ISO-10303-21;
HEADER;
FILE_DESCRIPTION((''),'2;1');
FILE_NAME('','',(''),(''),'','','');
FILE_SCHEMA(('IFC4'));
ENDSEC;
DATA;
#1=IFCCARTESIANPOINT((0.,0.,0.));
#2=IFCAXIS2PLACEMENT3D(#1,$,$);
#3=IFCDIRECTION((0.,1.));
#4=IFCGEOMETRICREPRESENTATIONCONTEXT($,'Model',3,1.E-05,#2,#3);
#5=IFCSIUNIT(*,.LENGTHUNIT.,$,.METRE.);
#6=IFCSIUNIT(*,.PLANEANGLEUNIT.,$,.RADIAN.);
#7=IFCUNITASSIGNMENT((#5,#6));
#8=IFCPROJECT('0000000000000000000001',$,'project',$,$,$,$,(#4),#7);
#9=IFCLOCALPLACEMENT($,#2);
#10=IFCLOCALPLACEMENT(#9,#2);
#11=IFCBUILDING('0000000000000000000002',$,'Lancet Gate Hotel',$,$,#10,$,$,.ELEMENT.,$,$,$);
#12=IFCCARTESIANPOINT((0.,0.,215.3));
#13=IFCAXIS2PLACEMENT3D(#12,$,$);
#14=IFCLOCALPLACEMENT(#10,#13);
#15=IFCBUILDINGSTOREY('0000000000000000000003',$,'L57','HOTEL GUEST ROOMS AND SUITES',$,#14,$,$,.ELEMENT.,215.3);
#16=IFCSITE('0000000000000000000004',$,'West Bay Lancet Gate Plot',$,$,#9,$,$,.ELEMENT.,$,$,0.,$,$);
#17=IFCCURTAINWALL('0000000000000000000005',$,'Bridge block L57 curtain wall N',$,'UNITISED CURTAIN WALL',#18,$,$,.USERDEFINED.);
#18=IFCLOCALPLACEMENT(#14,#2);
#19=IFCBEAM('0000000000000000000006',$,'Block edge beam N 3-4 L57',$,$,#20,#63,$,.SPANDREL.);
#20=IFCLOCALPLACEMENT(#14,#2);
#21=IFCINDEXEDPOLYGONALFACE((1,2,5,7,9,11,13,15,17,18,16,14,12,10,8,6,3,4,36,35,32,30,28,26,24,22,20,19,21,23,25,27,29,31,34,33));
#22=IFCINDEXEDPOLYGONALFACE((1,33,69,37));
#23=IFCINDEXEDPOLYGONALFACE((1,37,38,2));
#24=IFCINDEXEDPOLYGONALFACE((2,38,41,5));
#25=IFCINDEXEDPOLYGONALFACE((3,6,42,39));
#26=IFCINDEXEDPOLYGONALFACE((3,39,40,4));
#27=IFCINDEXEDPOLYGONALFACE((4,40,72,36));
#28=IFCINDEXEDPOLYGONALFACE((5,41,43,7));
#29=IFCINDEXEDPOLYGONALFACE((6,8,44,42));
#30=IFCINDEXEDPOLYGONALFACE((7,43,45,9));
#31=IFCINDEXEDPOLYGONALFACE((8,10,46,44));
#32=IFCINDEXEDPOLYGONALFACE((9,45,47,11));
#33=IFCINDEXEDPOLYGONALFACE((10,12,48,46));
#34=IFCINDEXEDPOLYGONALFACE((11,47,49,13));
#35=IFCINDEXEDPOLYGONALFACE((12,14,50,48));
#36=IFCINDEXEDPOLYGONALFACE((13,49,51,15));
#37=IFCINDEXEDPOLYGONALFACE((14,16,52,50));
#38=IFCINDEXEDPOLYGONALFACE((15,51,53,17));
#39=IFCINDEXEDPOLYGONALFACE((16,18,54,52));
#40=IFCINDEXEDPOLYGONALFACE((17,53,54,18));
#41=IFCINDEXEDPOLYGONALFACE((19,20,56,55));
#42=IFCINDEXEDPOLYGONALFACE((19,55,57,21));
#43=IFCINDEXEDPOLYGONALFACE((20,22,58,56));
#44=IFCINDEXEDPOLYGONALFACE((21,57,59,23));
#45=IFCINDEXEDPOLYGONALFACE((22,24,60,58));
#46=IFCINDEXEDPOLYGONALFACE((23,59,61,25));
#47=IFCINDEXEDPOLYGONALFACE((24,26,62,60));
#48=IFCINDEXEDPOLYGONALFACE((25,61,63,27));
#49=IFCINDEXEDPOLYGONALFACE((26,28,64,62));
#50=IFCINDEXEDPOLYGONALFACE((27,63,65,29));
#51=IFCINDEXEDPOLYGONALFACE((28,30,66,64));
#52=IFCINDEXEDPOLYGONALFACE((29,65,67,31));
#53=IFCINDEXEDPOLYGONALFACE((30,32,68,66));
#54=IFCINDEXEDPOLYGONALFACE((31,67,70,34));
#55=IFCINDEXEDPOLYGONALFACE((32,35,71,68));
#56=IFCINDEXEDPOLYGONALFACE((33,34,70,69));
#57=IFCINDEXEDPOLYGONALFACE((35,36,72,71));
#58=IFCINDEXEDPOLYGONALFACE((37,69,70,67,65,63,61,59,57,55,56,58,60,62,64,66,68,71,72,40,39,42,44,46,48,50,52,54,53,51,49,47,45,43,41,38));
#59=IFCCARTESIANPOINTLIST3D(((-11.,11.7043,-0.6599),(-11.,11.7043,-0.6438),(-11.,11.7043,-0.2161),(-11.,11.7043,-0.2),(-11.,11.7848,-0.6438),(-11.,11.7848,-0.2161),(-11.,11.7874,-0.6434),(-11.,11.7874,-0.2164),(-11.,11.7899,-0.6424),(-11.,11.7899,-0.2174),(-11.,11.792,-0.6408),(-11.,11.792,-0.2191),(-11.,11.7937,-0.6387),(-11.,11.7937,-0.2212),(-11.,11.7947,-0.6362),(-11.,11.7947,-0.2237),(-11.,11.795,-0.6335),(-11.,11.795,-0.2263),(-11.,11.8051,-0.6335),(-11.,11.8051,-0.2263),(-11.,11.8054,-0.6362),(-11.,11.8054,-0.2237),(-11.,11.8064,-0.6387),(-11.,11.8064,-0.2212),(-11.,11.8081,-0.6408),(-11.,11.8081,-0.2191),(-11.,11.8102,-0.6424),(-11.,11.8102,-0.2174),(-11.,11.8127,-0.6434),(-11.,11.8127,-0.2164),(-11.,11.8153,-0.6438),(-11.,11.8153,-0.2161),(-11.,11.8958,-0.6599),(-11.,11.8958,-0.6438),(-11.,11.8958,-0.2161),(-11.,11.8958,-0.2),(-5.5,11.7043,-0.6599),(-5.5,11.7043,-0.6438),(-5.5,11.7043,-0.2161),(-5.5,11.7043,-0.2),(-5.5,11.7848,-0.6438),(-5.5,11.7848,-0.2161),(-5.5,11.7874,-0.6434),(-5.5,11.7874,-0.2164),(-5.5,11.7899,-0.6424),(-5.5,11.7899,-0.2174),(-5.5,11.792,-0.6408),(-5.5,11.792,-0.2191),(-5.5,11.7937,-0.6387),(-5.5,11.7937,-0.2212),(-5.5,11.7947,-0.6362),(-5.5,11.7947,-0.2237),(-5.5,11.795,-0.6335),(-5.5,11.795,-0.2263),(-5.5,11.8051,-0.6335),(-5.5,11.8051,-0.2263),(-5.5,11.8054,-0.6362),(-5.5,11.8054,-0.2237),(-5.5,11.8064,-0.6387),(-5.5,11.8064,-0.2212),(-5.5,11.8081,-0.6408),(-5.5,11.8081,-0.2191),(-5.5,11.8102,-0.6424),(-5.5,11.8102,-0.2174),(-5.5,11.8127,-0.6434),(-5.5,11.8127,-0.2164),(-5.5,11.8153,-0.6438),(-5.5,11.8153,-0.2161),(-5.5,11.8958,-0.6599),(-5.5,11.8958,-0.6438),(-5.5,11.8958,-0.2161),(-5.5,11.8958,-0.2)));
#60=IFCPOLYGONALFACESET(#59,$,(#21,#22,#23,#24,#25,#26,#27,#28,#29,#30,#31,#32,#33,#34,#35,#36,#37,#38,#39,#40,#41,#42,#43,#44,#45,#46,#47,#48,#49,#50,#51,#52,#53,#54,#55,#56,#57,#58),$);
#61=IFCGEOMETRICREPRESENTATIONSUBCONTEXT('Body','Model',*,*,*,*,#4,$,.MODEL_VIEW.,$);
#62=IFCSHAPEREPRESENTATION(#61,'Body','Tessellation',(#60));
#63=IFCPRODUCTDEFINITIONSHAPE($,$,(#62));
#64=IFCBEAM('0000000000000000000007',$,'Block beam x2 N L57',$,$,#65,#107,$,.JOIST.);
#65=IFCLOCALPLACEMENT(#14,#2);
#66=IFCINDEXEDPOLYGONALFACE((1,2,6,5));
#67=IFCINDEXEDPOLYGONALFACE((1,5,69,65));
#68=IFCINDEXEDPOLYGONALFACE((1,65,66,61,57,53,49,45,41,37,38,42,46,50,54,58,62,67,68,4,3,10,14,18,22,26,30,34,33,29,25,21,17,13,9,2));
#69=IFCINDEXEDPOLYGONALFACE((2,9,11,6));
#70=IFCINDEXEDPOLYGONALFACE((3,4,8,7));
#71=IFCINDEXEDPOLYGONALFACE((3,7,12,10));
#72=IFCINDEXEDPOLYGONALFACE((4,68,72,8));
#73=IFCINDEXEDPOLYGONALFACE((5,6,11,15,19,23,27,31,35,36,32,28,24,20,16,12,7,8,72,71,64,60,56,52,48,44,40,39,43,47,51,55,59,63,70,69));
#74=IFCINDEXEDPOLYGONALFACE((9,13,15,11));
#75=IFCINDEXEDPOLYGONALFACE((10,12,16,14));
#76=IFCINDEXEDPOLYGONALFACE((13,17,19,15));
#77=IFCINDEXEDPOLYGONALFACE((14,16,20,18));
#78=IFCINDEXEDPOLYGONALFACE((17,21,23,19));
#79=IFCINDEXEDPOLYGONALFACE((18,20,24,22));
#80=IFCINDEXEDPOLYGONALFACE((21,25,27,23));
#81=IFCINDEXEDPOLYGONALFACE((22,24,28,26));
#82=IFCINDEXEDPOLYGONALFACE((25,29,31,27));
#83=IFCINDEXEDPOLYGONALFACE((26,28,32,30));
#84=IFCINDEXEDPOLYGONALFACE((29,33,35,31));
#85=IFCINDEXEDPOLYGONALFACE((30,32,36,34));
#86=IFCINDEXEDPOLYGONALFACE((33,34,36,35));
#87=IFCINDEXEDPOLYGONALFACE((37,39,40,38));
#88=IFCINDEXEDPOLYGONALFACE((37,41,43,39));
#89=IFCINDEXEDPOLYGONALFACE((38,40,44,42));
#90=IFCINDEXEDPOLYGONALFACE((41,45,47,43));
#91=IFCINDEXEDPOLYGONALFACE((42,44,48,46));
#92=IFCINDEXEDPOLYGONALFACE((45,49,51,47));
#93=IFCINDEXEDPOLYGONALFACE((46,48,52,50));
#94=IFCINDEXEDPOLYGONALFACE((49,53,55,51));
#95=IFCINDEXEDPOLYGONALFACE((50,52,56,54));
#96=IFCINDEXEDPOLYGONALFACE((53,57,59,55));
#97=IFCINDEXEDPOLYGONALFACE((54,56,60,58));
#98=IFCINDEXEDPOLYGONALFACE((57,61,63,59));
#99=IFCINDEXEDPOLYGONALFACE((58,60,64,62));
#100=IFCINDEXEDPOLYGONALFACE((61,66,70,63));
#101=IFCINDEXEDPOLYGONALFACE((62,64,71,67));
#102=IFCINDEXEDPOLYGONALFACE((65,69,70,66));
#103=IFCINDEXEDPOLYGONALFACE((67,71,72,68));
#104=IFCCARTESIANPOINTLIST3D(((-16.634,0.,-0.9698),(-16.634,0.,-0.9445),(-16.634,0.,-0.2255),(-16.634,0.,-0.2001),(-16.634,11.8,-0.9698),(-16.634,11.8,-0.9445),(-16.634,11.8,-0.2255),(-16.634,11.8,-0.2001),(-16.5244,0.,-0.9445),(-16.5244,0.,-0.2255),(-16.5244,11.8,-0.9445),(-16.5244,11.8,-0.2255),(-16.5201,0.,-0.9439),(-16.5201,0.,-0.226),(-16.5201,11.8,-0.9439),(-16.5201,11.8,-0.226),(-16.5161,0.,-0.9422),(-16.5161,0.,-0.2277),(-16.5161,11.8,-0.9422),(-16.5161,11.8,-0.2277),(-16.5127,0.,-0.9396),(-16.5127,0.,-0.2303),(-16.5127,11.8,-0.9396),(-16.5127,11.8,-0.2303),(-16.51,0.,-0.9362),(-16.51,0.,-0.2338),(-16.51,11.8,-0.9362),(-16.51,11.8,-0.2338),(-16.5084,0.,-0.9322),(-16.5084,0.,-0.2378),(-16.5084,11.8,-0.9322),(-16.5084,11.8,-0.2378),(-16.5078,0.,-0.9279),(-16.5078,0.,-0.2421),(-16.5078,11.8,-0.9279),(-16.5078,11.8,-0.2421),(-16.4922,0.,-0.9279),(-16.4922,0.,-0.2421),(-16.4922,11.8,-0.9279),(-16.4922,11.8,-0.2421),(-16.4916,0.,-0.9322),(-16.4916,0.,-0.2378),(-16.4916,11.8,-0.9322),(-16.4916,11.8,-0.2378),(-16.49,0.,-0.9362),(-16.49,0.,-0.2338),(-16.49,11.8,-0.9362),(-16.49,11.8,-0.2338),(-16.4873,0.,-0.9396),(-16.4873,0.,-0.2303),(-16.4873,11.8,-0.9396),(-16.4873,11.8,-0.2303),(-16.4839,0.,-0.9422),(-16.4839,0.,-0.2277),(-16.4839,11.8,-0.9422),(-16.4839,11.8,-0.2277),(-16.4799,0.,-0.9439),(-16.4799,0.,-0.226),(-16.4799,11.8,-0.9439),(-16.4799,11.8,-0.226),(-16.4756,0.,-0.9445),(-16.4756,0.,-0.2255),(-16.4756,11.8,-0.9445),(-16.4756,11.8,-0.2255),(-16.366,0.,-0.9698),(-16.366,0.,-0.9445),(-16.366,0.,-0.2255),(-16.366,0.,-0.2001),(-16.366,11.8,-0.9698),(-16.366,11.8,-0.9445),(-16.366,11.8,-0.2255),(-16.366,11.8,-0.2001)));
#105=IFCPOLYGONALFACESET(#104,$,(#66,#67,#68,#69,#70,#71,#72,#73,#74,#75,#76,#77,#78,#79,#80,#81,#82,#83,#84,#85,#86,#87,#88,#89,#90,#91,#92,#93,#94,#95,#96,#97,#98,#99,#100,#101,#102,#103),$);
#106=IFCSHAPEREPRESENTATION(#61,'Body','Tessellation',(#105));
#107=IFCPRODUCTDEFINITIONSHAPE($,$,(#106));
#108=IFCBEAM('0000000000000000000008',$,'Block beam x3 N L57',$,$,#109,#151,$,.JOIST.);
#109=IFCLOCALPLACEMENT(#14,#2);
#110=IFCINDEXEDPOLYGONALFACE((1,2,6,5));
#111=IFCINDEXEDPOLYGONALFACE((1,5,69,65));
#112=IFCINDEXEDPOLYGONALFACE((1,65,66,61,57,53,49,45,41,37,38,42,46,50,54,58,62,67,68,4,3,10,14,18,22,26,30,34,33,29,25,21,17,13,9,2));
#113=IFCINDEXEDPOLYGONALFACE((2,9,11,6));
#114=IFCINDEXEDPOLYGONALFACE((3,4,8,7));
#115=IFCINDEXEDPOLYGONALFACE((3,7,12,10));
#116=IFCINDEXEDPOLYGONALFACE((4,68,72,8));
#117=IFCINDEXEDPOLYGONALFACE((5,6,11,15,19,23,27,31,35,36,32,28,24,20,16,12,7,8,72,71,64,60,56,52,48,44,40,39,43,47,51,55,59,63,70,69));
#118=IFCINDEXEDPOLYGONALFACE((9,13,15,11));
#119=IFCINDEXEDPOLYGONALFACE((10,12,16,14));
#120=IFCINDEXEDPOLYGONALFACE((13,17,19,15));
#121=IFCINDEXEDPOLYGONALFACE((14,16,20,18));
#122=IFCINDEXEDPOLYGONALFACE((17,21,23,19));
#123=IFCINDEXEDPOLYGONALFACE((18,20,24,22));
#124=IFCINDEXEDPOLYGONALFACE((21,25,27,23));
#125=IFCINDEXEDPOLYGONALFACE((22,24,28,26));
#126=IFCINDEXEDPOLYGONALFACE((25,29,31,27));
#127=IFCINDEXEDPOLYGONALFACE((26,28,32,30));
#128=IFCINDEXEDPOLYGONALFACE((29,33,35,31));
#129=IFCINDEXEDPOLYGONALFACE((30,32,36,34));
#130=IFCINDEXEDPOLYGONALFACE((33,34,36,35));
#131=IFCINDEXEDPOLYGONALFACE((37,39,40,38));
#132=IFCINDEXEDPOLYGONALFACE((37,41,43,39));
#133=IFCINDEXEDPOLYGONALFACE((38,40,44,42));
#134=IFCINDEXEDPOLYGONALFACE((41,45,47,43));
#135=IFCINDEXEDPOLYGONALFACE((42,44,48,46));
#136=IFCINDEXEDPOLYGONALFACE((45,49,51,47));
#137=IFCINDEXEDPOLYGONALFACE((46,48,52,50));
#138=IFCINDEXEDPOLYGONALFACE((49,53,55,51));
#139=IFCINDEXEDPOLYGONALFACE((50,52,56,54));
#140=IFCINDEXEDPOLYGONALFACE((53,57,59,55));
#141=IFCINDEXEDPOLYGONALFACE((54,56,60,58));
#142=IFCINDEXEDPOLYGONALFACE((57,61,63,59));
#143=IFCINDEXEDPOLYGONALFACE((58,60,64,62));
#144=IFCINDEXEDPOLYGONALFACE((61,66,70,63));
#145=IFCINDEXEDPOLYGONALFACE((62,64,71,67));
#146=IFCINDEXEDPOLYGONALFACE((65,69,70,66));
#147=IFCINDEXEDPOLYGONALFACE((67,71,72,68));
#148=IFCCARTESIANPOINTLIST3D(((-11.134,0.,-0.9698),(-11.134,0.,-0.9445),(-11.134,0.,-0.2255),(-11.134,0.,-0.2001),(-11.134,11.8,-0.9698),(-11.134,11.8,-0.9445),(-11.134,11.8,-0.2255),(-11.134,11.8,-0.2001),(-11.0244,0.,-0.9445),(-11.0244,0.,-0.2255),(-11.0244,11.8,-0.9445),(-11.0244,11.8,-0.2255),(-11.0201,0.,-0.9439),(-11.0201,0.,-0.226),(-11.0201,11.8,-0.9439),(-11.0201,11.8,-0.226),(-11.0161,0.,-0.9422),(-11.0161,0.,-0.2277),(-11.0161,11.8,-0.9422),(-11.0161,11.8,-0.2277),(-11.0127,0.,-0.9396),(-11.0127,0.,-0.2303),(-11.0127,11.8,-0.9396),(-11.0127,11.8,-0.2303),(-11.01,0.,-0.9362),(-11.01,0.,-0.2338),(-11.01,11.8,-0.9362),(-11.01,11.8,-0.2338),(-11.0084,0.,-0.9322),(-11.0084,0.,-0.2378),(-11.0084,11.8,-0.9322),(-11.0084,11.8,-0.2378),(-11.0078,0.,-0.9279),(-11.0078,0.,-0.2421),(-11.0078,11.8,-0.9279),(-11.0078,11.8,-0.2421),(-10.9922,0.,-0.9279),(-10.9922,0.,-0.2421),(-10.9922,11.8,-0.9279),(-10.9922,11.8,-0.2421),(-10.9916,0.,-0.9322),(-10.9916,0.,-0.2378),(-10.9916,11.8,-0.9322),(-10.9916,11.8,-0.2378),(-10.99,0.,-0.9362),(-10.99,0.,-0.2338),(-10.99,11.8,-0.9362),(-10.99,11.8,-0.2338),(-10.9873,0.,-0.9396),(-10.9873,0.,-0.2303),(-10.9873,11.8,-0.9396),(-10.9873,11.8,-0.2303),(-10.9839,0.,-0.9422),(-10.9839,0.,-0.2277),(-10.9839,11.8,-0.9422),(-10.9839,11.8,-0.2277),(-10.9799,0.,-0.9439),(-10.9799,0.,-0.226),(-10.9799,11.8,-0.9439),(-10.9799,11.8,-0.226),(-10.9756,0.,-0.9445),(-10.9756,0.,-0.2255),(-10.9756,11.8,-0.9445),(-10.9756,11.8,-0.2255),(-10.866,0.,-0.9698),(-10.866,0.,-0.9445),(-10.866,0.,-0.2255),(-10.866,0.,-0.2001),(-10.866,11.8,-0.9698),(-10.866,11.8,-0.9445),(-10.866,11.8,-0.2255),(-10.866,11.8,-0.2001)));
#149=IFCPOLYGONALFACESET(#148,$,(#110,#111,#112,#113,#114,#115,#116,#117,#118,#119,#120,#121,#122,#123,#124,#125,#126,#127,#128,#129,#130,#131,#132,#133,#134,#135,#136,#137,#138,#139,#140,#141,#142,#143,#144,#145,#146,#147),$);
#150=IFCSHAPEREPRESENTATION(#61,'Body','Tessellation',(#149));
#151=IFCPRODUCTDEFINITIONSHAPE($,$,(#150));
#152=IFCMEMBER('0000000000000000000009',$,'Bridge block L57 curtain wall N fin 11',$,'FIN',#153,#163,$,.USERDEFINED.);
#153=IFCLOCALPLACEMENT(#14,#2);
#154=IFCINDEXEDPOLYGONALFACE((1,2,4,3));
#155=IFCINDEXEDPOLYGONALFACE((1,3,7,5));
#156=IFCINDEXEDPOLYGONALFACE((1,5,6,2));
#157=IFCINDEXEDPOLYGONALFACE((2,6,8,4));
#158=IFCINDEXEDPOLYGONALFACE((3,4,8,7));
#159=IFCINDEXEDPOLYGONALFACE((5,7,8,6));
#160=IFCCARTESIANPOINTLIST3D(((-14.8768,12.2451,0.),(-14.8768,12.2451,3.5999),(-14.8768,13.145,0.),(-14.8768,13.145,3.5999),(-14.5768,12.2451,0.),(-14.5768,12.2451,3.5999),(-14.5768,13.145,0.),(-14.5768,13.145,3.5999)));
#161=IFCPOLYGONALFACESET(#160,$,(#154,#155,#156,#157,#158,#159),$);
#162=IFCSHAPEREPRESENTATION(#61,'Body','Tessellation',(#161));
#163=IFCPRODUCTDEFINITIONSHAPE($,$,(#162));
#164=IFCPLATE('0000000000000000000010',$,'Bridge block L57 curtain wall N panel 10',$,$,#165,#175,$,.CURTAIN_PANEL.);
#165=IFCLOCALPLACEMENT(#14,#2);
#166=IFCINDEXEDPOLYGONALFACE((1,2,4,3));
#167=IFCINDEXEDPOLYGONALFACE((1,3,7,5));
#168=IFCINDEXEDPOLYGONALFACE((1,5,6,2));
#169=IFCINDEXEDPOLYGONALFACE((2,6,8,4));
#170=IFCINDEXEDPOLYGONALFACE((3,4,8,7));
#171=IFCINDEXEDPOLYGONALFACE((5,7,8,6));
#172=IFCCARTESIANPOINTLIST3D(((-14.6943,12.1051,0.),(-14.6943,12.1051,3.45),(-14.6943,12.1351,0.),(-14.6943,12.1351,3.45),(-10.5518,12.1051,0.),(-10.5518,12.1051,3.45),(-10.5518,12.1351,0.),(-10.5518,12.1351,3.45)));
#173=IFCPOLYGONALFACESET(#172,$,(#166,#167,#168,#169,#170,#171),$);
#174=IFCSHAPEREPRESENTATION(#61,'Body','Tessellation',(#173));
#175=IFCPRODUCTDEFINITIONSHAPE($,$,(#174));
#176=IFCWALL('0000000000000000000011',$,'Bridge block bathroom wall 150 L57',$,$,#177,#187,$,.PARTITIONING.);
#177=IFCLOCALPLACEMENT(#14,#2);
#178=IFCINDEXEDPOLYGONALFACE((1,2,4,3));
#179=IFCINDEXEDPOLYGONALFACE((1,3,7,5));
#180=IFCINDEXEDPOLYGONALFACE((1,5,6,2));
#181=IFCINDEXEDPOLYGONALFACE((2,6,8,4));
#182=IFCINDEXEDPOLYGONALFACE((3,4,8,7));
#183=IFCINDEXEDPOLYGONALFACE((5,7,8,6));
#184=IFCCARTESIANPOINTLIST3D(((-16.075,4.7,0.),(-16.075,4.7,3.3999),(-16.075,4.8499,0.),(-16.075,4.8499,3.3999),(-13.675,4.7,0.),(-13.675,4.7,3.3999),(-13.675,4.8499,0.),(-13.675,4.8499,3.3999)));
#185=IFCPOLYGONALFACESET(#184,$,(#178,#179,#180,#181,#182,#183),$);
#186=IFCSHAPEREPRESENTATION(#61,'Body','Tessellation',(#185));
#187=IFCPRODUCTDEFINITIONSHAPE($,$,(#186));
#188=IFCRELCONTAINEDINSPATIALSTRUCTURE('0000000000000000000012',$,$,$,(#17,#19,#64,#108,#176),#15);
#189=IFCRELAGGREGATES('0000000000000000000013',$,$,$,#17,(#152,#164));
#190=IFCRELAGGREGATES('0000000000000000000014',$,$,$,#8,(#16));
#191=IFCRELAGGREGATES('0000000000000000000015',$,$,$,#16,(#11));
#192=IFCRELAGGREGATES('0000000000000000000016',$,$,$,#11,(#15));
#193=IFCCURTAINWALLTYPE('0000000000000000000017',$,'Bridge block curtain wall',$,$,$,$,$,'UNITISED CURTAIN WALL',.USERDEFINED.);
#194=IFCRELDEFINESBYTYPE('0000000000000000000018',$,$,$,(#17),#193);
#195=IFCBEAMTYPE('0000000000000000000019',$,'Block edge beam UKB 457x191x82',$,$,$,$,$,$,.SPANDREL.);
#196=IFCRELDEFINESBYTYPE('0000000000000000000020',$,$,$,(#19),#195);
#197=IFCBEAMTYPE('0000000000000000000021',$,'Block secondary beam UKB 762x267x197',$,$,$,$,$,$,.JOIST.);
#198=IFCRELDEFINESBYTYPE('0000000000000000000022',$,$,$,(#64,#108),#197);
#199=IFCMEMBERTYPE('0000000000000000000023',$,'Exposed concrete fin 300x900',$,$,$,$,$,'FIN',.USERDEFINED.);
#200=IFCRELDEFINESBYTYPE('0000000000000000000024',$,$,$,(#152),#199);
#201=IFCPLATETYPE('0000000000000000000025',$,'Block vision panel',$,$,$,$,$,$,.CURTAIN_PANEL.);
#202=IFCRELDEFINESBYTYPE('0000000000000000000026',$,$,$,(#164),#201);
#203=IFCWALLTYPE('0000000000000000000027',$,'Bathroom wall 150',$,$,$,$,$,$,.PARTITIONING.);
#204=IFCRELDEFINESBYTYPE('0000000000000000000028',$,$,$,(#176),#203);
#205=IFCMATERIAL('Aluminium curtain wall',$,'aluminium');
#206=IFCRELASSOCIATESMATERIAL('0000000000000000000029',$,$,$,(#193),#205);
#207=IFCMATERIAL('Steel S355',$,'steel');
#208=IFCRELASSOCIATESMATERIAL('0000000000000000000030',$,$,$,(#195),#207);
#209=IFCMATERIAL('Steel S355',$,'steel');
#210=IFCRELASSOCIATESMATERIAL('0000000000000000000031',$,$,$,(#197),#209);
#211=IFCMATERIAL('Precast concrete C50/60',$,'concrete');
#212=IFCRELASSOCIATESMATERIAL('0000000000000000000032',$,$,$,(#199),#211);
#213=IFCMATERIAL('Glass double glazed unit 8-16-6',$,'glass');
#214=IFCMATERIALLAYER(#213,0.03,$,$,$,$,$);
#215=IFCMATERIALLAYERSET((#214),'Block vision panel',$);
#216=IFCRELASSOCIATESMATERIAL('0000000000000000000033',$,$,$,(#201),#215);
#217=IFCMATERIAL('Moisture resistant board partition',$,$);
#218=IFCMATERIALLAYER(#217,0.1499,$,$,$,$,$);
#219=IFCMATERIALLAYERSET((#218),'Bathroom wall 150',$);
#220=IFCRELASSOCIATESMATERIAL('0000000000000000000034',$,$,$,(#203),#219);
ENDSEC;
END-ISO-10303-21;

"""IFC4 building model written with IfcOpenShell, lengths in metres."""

from ifc_helpers import new_model, si_unit, direction, frame, frame_2d, origin, origin_2d, place, context, subcontext, project, spatial, rectangle, i_section, extrude, material, layer, layer_set, material_profile, profile_set, type_object, element, aggregate, save


model = new_model("IFC4")

# Units and contexts
model_context = context("Model", 3, precision=1e-05, world=origin(), true_north=direction((0.0, 1.0)))
body_context = subcontext(model_context, "Body", "Model", "MODEL_VIEW")
ifc_project = project(units=[si_unit("LENGTHUNIT", "METRE"), si_unit("PLANEANGLEUNIT", "RADIAN")], contexts=[model_context])

# Site, building, storey
site_placement = place(None, origin())
site = spatial("IfcSite", under=ifc_project, at=site_placement, Name="West Bay Lancet Gate Plot", CompositionType="ELEMENT", RefElevation=0.0)
building_placement = place(site_placement, origin())
building = spatial("IfcBuilding", under=site, at=building_placement, Name="Lancet Gate Hotel", CompositionType="ELEMENT")
storey_placement = place(building_placement, frame((0.0, 0.0, 215.3)))
storey = spatial("IfcBuildingStorey", under=building, at=storey_placement, Name="L57", Description="HOTEL GUEST ROOMS AND SUITES", CompositionType="ELEMENT", Elevation=215.3)

# Curtain wall
ifc_material_1 = material(Name="Aluminium curtain wall", Category="aluminium")
curtain_wall_type = type_object("IfcCurtainWallType", Name="Bridge block curtain wall", ElementType="UNITISED CURTAIN WALL", PredefinedType="USERDEFINED", material=ifc_material_1)
curtain_wall_placement = place(storey_placement, origin())
curtain_wall = element("IfcCurtainWall", 1, at=curtain_wall_placement, inside=storey, type_object=curtain_wall_type, Name="Bridge block L57 curtain wall N", ObjectType="UNITISED CURTAIN WALL", PredefinedType="USERDEFINED")

# Beams
ifc_material_2 = material(Name="Steel S355", Category="steel")
ifc_material_profile_1 = material_profile(ifc_material_2, i_section(OverallWidth=0.1914, OverallDepth=0.46, WebThickness=0.01, FlangeThickness=0.0161, FilletRadius=0.0103, at=origin_2d()), Name="UKB 457x191x82")
ifc_profile_set_1 = profile_set([ifc_material_profile_1], Name="Steel S355")
beam_type_1 = type_object("IfcBeamType", Name="Block edge beam UKB 457x191x82", PredefinedType="SPANDREL", material=ifc_profile_set_1)
for number, where, z_axis, x_axis, name in (
    (2, (-11.0, 11.8, -0.4299), (1.0, 0.0, 0.0), (0.0, 1.0, 0.0), "Block edge beam N 3-4 L57"),
):
    element("IfcBeam", number, at=place(storey_placement, frame(where, z_axis=z_axis, x_axis=x_axis)), inside=storey, type_object=beam_type_1, Name=name, PredefinedType="SPANDREL", context=body_context, shape_type="SweptSolid", body=[
        extrude(i_section(OverallWidth=0.1914, OverallDepth=0.46, WebThickness=0.01, FlangeThickness=0.0161, FilletRadius=0.0103, at=origin_2d()), origin(), (0.0, 0.0, 1.0), 5.5),
    ])
ifc_material_3 = material(Name="Steel S355", Category="steel")
ifc_material_profile_2 = material_profile(ifc_material_3, i_section(OverallWidth=0.2681, OverallDepth=0.7698, WebThickness=0.0156, FlangeThickness=0.0254, FilletRadius=0.0166, at=origin_2d()), Name="UKB 762x267x197")
ifc_profile_set_2 = profile_set([ifc_material_profile_2], Name="Steel S355")
beam_type_2 = type_object("IfcBeamType", Name="Block secondary beam UKB 762x267x197", PredefinedType="JOIST", material=ifc_profile_set_2)
for number, where, z_axis, x_axis, name in (
    (3, (-16.5, 0.0, -0.585), (0.0, 1.0, 0.0), (-1.0, 0.0, 0.0), "Block beam x2 N L57"),
    (4, (-11.0, 0.0, -0.585), (0.0, 1.0, 0.0), (-1.0, 0.0, 0.0), "Block beam x3 N L57"),
):
    element("IfcBeam", number, at=place(storey_placement, frame(where, z_axis=z_axis, x_axis=x_axis)), inside=storey, type_object=beam_type_2, Name=name, PredefinedType="JOIST", context=body_context, shape_type="SweptSolid", body=[
        extrude(i_section(OverallWidth=0.2681, OverallDepth=0.7698, WebThickness=0.0156, FlangeThickness=0.0254, FilletRadius=0.0166, at=origin_2d()), origin(), (0.0, 0.0, 1.0), 11.8),
    ])

# Member
ifc_material_4 = material(Name="Precast concrete C50/60", Category="concrete")
ifc_material_profile_3 = material_profile(ifc_material_4, rectangle(XDim=0.3, YDim=0.8999, at=origin_2d()), Name="FIN 300x900")
ifc_profile_set_3 = profile_set([ifc_material_profile_3], Name="Precast concrete C50/60")
member_type_1 = type_object("IfcMemberType", Name="Exposed concrete fin 300x900", ElementType="FIN", PredefinedType="USERDEFINED", material=ifc_profile_set_3)
member_1_placement = place(storey_placement, frame((-14.7268, 12.6951, 0.0), z_axis=(0.0, 0.0, 1.0), x_axis=(-1.0, 0.0, 0.0)))
member_1 = element("IfcMember", 5, at=member_1_placement, type_object=member_type_1, Name="Bridge block L57 curtain wall N fin 11", ObjectType="FIN", PredefinedType="USERDEFINED", context=body_context, shape_type="SweptSolid", body=[
    extrude(rectangle(XDim=0.3, YDim=0.8999, at=origin_2d()), origin(), (0.0, 0.0, 1.0), 3.5999),
])

# Plate
ifc_material_5 = material(Name="Glass double glazed unit 8-16-6", Category="glass")
ifc_layer_1 = layer(ifc_material_5, 0.03)
ifc_layer_set_1 = layer_set([ifc_layer_1], Name="Block vision panel")
plate_type = type_object("IfcPlateType", Name="Block vision panel", PredefinedType="CURTAIN_PANEL", material=ifc_layer_set_1)
plate_placement = place(storey_placement, frame((-12.623, 12.1201, 0.0), z_axis=(0.0, 0.0, 1.0), x_axis=(-1.0, 0.0, 0.0)))
plate = element("IfcPlate", 6, at=plate_placement, type_object=plate_type, Name="Bridge block L57 curtain wall N panel 10", PredefinedType="CURTAIN_PANEL", context=body_context, shape_type="SweptSolid", body=[
    extrude(rectangle(XDim=4.1426, YDim=0.03, at=origin_2d()), origin(), (0.0, 0.0, 1.0), 3.45),
])
aggregate(curtain_wall, [member_1, plate])

# Wall
ifc_material_6 = material(Name="Moisture resistant board partition")
ifc_layer_2 = layer(ifc_material_6, 0.1499)
ifc_layer_set_2 = layer_set([ifc_layer_2], Name="Bathroom wall 150")
wall_type_1 = type_object("IfcWallType", Name="Bathroom wall 150", PredefinedType="PARTITIONING", material=ifc_layer_set_2)
wall_1_placement = place(storey_placement, frame((-16.075, 4.7749, 0.0), z_axis=(0.0, 0.0, 1.0), x_axis=(1.0, 0.0, 0.0)))
element("IfcWall", 7, at=wall_1_placement, inside=storey, type_object=wall_type_1, Name="Bridge block bathroom wall 150 L57", PredefinedType="PARTITIONING", context=body_context, shape_type="SweptSolid", body=[
    extrude(rectangle(XDim=2.3999, YDim=0.1499, at=frame_2d((1.2, 0.0))), origin(), (0.0, 0.0, 1.0), 3.3999),
])

save(model, "model.ifc")
